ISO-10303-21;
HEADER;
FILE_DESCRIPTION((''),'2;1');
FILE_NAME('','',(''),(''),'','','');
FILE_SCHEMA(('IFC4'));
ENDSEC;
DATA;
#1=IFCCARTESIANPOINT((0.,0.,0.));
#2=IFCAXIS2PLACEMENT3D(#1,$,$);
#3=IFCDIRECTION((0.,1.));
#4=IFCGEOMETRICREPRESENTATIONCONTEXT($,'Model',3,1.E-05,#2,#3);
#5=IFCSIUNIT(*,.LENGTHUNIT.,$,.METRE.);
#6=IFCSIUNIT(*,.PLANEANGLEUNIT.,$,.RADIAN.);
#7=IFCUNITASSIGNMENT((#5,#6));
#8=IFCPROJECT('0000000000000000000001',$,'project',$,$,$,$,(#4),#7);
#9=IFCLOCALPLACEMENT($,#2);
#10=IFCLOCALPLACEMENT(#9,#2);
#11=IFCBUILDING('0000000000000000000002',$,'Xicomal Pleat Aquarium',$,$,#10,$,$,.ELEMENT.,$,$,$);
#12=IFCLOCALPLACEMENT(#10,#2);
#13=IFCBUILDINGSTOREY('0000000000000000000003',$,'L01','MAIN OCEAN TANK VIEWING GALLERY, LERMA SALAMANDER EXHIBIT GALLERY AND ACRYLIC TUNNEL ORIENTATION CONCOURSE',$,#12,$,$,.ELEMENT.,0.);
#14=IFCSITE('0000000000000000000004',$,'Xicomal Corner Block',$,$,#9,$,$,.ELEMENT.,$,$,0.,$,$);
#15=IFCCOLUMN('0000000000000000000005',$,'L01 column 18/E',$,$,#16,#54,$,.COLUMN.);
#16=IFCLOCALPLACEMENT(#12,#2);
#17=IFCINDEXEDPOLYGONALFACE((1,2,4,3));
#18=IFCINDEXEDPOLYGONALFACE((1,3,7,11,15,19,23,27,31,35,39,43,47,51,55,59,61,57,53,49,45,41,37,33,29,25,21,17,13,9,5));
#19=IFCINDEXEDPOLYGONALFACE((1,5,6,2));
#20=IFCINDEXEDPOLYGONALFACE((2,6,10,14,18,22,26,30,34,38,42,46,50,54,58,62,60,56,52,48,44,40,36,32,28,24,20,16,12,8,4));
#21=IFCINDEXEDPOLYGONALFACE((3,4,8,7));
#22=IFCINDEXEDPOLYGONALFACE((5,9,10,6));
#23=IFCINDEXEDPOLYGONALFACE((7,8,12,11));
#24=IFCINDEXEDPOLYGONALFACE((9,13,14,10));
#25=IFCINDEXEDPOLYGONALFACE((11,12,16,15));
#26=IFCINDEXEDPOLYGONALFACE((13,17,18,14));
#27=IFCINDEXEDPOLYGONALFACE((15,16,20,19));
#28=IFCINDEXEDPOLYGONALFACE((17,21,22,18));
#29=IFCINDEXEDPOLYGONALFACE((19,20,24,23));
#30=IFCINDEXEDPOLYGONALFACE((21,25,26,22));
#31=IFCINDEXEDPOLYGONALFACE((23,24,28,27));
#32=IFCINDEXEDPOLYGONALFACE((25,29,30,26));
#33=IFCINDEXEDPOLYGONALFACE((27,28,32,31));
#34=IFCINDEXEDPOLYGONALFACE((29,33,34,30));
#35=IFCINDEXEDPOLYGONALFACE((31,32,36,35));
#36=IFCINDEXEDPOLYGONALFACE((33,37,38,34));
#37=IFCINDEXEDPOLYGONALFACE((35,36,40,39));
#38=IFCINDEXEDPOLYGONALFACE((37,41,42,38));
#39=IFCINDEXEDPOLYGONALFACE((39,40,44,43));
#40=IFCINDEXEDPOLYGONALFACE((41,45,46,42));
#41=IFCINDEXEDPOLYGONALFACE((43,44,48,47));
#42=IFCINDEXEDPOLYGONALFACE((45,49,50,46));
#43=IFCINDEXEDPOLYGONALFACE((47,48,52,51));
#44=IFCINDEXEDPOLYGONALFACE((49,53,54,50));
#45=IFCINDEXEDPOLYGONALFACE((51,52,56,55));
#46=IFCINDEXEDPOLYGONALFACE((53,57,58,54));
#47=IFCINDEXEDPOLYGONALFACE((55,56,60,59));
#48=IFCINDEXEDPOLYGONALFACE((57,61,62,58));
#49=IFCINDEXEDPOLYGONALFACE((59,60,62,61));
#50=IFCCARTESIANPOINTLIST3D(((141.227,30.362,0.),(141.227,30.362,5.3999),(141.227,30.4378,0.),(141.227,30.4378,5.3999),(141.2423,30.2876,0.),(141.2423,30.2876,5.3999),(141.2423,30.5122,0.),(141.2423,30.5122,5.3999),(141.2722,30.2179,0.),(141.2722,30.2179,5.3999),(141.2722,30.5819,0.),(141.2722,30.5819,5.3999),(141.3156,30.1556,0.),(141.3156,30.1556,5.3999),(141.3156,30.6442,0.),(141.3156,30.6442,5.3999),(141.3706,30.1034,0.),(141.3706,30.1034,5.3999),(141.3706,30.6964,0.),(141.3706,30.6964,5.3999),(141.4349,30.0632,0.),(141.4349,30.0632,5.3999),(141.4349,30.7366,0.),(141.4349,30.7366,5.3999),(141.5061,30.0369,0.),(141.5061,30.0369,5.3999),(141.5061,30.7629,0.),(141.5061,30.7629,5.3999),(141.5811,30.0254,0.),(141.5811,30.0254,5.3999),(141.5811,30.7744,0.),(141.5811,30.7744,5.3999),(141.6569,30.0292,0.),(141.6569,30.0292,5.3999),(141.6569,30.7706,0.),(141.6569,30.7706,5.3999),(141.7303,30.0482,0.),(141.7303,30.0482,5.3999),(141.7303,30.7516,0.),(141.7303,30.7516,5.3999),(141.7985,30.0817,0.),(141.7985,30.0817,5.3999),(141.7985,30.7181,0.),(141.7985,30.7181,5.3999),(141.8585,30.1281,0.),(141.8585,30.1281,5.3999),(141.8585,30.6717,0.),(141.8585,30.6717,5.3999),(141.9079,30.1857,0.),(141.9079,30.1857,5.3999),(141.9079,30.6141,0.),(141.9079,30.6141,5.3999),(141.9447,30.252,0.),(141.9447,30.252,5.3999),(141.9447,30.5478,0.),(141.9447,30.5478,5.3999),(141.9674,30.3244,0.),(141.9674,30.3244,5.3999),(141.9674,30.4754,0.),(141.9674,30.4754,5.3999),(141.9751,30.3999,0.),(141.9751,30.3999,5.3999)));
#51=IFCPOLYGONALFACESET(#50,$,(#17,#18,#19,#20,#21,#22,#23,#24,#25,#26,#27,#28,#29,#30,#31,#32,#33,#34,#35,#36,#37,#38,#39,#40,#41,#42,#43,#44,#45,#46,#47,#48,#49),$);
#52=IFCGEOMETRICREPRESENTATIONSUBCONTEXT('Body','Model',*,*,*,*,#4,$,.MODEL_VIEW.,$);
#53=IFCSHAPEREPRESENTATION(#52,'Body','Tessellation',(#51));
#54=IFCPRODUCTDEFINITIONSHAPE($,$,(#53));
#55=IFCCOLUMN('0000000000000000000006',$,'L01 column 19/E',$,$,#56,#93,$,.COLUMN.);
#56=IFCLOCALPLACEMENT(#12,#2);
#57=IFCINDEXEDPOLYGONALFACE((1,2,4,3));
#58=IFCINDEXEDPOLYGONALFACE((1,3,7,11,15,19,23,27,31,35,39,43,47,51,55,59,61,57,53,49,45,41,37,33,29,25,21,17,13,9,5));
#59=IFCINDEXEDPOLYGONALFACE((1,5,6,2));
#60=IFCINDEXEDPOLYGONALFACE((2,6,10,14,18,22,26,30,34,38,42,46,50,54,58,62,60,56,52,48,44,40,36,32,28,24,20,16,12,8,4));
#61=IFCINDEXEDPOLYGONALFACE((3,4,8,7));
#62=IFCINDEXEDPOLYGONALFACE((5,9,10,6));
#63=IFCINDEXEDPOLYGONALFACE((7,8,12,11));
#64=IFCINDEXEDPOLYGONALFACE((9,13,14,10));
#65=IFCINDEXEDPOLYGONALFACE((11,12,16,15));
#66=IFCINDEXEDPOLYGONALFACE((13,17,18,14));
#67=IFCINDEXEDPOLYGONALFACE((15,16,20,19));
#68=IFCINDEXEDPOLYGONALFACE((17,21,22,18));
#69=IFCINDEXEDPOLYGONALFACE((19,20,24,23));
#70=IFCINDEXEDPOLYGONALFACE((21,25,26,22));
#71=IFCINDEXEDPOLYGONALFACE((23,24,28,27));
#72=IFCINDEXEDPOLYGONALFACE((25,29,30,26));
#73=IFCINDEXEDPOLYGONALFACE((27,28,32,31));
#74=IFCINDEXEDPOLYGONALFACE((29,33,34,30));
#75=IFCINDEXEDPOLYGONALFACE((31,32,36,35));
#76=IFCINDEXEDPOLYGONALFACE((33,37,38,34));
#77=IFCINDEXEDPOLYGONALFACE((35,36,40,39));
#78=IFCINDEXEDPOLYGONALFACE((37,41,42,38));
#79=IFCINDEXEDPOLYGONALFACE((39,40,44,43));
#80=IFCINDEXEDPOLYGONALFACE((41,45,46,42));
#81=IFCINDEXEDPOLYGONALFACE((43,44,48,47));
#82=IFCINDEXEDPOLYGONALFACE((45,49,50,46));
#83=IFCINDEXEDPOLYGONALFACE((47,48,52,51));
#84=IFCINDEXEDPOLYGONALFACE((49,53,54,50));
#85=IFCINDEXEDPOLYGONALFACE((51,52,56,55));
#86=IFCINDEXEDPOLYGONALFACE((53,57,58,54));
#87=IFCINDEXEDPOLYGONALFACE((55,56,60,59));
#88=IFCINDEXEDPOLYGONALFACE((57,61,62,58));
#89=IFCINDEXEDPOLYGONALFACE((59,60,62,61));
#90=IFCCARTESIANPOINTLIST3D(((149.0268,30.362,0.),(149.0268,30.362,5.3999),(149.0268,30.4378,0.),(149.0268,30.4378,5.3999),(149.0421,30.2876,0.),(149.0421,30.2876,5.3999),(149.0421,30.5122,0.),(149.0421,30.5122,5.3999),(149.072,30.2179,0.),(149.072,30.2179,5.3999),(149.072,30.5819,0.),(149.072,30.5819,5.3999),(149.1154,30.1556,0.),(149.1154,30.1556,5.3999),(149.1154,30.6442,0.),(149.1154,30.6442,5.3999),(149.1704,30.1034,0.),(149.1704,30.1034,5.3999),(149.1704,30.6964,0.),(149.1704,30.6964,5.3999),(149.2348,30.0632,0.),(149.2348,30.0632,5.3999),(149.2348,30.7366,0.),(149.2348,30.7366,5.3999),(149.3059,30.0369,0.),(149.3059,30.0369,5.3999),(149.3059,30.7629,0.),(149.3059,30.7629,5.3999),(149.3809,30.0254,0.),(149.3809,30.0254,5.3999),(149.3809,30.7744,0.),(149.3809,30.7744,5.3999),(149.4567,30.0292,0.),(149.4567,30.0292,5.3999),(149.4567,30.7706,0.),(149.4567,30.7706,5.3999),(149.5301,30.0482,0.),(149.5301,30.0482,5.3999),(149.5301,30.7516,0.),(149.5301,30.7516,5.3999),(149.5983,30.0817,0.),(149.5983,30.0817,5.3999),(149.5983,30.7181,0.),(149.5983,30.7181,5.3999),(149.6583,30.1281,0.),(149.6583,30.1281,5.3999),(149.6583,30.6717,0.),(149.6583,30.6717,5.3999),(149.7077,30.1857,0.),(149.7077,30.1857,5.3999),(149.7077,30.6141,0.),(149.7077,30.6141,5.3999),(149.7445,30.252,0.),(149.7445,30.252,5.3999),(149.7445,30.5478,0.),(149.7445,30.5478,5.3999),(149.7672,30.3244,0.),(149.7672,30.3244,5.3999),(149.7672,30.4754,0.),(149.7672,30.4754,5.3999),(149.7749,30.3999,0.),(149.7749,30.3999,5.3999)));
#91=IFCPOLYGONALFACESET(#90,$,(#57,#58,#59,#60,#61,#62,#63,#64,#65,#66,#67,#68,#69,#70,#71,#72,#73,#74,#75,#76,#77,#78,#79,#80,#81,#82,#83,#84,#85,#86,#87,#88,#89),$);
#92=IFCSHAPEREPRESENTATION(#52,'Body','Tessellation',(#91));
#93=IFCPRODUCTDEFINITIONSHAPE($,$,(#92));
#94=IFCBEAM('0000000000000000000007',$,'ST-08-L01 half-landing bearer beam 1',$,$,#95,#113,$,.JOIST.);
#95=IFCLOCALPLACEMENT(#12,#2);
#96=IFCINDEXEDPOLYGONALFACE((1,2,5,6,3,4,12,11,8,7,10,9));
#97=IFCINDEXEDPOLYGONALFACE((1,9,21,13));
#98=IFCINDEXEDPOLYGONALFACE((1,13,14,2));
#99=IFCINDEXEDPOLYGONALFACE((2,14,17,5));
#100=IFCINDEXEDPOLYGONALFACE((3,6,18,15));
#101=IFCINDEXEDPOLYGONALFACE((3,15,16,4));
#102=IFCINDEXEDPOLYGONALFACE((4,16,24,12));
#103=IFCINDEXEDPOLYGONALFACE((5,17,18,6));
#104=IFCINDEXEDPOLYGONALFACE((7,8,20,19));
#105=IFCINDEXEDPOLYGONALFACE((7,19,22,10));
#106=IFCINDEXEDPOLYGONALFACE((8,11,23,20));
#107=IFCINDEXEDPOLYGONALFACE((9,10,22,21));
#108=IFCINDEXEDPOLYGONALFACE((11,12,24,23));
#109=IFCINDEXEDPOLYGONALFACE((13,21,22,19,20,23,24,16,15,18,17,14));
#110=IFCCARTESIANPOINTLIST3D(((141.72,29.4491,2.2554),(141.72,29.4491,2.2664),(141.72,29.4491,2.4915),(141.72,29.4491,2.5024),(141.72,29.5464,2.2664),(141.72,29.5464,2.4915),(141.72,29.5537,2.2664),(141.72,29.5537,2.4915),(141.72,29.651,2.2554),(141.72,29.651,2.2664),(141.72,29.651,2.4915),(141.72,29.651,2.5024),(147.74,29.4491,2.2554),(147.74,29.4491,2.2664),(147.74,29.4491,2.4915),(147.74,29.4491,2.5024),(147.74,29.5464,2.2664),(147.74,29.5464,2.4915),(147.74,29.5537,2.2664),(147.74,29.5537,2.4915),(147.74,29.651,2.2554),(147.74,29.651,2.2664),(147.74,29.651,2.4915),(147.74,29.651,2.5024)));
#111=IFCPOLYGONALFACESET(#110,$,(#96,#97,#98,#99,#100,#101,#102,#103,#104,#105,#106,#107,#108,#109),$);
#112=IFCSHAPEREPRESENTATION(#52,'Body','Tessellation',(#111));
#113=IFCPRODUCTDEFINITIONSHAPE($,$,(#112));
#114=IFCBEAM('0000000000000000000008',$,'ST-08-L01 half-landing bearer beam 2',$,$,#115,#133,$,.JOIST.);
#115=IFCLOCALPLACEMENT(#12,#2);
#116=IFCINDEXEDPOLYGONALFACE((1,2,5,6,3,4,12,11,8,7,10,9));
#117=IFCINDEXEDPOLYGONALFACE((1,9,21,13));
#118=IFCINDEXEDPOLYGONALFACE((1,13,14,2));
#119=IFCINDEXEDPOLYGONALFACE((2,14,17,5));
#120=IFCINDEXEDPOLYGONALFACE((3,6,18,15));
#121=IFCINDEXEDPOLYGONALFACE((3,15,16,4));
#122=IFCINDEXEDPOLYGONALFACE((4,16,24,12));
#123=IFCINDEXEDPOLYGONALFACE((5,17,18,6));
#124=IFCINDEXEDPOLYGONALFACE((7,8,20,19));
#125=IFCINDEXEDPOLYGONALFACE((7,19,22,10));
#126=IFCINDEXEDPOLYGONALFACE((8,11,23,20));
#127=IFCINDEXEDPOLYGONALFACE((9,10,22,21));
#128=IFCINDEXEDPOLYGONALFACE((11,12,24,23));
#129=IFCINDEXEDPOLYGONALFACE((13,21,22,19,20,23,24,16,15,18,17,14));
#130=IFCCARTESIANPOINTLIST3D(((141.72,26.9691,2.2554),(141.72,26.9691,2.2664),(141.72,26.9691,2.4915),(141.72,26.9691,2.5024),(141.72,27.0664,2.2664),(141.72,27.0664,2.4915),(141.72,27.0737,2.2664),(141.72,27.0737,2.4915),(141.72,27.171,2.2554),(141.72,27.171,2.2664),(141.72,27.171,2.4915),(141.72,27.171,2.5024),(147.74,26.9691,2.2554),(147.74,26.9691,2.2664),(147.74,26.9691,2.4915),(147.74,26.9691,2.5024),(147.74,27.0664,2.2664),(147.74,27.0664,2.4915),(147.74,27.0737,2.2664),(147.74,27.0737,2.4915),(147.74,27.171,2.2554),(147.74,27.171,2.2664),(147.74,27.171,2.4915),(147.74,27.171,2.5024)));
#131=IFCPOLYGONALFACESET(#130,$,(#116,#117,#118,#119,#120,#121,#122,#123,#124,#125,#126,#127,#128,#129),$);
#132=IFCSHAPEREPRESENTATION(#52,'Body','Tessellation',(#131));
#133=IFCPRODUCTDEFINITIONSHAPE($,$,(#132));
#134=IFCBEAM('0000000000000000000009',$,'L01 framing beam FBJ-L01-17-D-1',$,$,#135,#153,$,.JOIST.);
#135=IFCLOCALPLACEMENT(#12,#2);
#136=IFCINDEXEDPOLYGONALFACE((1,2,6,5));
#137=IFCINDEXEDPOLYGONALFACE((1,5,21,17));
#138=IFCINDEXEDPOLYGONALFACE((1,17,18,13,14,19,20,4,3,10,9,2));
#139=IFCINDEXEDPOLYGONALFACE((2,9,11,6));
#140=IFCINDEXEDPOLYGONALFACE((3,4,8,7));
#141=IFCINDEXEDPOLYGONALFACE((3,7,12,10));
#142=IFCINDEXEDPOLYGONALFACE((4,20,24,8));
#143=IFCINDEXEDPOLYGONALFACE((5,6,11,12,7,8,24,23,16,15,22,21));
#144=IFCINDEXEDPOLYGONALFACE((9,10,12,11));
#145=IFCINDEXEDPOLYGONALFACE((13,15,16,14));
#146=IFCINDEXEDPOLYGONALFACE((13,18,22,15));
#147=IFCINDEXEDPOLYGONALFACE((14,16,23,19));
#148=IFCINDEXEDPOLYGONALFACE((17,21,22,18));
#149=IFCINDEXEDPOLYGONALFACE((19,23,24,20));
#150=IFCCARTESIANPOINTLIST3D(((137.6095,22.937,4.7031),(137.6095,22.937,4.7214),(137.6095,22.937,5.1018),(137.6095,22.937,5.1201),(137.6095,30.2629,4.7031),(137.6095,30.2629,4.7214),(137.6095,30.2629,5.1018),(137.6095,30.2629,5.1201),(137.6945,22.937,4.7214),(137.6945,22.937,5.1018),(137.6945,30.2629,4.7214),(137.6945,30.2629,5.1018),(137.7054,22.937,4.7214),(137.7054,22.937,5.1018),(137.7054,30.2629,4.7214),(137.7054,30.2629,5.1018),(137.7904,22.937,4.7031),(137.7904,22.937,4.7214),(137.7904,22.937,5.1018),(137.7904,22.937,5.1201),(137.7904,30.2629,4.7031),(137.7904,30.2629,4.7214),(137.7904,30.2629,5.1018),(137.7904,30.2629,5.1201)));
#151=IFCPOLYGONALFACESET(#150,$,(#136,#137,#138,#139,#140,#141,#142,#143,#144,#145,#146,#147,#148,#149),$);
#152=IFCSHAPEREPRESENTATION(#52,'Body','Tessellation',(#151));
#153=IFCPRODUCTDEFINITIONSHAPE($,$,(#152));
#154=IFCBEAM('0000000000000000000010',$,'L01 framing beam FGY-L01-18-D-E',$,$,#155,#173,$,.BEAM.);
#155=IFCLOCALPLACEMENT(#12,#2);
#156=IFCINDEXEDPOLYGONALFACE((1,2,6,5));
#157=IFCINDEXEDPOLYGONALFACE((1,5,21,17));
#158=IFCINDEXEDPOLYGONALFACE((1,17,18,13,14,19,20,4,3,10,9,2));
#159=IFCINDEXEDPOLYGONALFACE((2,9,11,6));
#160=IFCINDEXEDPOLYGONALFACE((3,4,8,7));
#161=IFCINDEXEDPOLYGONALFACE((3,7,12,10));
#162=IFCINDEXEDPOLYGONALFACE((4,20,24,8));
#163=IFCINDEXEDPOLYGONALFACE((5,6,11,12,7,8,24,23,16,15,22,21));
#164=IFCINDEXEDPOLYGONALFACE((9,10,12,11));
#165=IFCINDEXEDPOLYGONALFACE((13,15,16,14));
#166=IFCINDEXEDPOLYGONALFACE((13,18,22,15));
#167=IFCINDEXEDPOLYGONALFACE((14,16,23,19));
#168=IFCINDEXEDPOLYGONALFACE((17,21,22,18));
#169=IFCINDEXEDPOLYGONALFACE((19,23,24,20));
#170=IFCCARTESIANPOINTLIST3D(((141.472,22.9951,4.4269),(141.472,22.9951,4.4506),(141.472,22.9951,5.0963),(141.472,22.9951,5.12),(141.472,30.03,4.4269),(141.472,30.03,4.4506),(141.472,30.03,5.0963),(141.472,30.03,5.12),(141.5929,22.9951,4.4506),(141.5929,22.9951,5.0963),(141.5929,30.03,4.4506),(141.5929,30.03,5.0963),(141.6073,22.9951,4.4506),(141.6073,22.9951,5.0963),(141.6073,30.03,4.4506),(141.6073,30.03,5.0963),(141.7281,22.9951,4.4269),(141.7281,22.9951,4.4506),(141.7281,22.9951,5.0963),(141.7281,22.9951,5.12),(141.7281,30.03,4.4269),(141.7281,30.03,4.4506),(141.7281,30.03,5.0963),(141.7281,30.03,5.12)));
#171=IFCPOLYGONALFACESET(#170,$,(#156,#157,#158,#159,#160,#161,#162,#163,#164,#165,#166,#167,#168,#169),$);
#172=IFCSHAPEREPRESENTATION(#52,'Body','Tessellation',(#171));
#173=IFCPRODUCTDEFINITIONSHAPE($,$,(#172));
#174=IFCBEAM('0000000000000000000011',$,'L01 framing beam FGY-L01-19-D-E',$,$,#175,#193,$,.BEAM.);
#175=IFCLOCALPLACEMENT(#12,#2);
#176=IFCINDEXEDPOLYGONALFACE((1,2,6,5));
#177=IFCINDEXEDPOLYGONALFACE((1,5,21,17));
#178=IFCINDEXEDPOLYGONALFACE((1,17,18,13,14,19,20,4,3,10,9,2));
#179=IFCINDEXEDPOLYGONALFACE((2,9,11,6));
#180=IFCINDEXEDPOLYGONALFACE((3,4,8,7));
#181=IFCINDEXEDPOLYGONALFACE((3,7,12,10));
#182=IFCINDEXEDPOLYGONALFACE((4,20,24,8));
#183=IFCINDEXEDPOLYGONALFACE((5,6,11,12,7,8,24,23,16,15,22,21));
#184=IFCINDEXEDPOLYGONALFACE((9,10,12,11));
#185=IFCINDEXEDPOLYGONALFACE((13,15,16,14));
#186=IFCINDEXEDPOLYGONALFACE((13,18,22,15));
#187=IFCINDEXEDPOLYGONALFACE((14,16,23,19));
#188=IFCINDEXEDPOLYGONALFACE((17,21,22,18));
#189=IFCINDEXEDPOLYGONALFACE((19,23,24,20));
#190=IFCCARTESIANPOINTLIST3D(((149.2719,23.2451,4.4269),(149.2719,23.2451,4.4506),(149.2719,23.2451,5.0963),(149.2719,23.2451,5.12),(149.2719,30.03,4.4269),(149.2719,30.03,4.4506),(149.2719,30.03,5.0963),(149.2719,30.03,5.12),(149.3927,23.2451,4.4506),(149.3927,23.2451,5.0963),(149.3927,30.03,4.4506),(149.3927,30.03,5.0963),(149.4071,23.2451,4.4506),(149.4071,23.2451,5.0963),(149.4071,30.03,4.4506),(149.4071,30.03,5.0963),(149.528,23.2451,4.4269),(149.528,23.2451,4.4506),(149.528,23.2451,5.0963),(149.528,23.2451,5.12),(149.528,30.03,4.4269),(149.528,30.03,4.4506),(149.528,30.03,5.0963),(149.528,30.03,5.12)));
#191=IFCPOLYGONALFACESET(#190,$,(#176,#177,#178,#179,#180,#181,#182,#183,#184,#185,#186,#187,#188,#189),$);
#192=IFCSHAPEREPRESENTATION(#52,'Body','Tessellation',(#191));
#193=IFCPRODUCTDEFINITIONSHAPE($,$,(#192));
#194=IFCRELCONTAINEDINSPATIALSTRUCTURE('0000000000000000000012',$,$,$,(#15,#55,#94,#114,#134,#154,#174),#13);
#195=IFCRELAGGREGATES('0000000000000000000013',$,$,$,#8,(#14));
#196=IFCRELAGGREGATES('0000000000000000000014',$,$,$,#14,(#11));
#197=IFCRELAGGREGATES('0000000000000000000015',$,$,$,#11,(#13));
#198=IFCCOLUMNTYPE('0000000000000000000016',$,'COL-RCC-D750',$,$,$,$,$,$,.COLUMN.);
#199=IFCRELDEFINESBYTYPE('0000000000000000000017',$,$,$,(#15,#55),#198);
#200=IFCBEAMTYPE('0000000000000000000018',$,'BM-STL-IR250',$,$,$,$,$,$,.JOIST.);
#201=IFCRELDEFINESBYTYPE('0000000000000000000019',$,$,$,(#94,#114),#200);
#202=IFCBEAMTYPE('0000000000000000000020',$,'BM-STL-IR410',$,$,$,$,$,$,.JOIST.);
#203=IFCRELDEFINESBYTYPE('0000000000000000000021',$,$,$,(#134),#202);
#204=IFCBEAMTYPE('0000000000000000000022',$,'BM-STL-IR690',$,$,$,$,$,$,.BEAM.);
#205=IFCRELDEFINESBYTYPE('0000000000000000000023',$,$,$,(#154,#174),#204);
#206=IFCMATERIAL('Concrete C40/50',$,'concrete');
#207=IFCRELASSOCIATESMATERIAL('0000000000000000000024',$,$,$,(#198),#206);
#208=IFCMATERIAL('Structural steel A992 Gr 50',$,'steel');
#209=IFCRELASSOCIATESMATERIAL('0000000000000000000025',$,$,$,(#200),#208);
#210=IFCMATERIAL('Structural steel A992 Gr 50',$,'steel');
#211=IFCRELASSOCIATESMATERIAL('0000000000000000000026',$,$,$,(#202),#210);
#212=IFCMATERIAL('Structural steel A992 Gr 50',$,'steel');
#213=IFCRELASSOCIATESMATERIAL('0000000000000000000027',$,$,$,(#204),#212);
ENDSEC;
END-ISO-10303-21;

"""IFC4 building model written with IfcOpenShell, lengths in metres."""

from ifc_helpers import new_model, si_unit, direction, frame, origin, origin_2d, place, context, subcontext, project, spatial, circle, i_section, extrude, material, material_profile, profile_set, type_object, element, save


model = new_model("IFC4")

# Units and contexts
model_context = context("Model", 3, precision=1e-05, world=origin(), true_north=direction((0.0, 1.0)))
body_context = subcontext(model_context, "Body", "Model", "MODEL_VIEW")
ifc_project = project(units=[si_unit("LENGTHUNIT", "METRE"), si_unit("PLANEANGLEUNIT", "RADIAN")], contexts=[model_context])

# Site, building, storey
site_placement = place(None, origin())
site = spatial("IfcSite", under=ifc_project, at=site_placement, Name="Xicomal Corner Block", CompositionType="ELEMENT", RefElevation=0.0)
building_placement = place(site_placement, origin())
building = spatial("IfcBuilding", under=site, at=building_placement, Name="Xicomal Pleat Aquarium", CompositionType="ELEMENT")
storey_placement = place(building_placement, origin())
storey = spatial("IfcBuildingStorey", under=building, at=storey_placement, Name="L01", Description="MAIN OCEAN TANK VIEWING GALLERY, LERMA SALAMANDER EXHIBIT GALLERY AND ACRYLIC TUNNEL ORIENTATION CONCOURSE", CompositionType="ELEMENT", Elevation=0.0)

# Columns
ifc_material_1 = material(Name="Concrete C40/50", Category="concrete")
ifc_material_profile_1 = material_profile(ifc_material_1, circle(Radius=0.375, at=origin_2d()), Name="RCC D750")
ifc_profile_set_1 = profile_set([ifc_material_profile_1], Name="Concrete C40/50")
column_type = type_object("IfcColumnType", Name="COL-RCC-D750", PredefinedType="COLUMN", material=ifc_profile_set_1)
for number, where, z_axis, x_axis, name in (
    (1, (141.6001, 30.3999, 0.0), (0.0, 0.0, 1.0), (1.0, 0.0, 0.0), "L01 column 18/E"),
    (2, (149.3999, 30.3999, 0.0), (0.0, 0.0, 1.0), (1.0, 0.0, 0.0), "L01 column 19/E"),
):
    element("IfcColumn", number, at=place(storey_placement, frame(where, z_axis=z_axis, x_axis=x_axis)), inside=storey, type_object=column_type, Name=name, PredefinedType="COLUMN", context=body_context, shape_type="SweptSolid", body=[
        extrude(circle(Radius=0.375, at=origin_2d()), origin(), (0.0, 0.0, 1.0), 5.3999),
    ])

# Beams
ifc_material_2 = material(Name="Structural steel A992 Gr 50", Category="steel")
ifc_material_profile_2 = material_profile(ifc_material_2, i_section(OverallWidth=0.2019, OverallDepth=0.2471, WebThickness=0.0073, FlangeThickness=0.011, at=origin_2d()), Name="IR 250x49")
ifc_profile_set_2 = profile_set([ifc_material_profile_2], Name="Structural steel A992 Gr 50")
beam_type_1 = type_object("IfcBeamType", Name="BM-STL-IR250", PredefinedType="JOIST", material=ifc_profile_set_2)
for number, where, z_axis, x_axis, name in (
    (3, (141.72, 29.55, 2.3789), (1.0, 0.0, 0.0), (0.0, 1.0, 0.0), "ST-08-L01 half-landing bearer beam 1"),
    (4, (141.72, 27.0701, 2.3789), (1.0, 0.0, 0.0), (0.0, 1.0, 0.0), "ST-08-L01 half-landing bearer beam 2"),
):
    element("IfcBeam", number, at=place(storey_placement, frame(where, z_axis=z_axis, x_axis=x_axis)), inside=storey, type_object=beam_type_1, Name=name, PredefinedType="JOIST", context=body_context, shape_type="SweptSolid", body=[
        extrude(i_section(OverallWidth=0.2019, OverallDepth=0.2471, WebThickness=0.0073, FlangeThickness=0.011, at=origin_2d()), origin(), (0.0, 0.0, 1.0), 6.02),
    ])
ifc_material_3 = material(Name="Structural steel A992 Gr 50", Category="steel")
ifc_material_profile_3 = material_profile(ifc_material_3, i_section(OverallWidth=0.1809, OverallDepth=0.417, WebThickness=0.011, FlangeThickness=0.0183, at=origin_2d()), Name="IR 410x85")
ifc_profile_set_3 = profile_set([ifc_material_profile_3], Name="Structural steel A992 Gr 50")
beam_type_2 = type_object("IfcBeamType", Name="BM-STL-IR410", PredefinedType="JOIST", material=ifc_profile_set_3)
beam_1_placement = place(storey_placement, frame((137.7, 22.937, 4.9116), z_axis=(0.0, 1.0, 0.0), x_axis=(-1.0, 0.0, 0.0)))
element("IfcBeam", 5, at=beam_1_placement, inside=storey, type_object=beam_type_2, Name="L01 framing beam FBJ-L01-17-D-1", PredefinedType="JOIST", context=body_context, shape_type="SweptSolid", body=[
    extrude(i_section(OverallWidth=0.1809, OverallDepth=0.417, WebThickness=0.011, FlangeThickness=0.0183, at=origin_2d()), origin(), (0.0, 0.0, 1.0), 7.3259),
])
ifc_material_4 = material(Name="Structural steel A992 Gr 50", Category="steel")
ifc_material_profile_4 = material_profile(ifc_material_4, i_section(OverallWidth=0.2561, OverallDepth=0.6931, WebThickness=0.0144, FlangeThickness=0.0237, at=origin_2d()), Name="IR 690x170")
ifc_profile_set_4 = profile_set([ifc_material_profile_4], Name="Structural steel A992 Gr 50")
beam_type_3 = type_object("IfcBeamType", Name="BM-STL-IR690", PredefinedType="BEAM", material=ifc_profile_set_4)
beam_2_placement = place(storey_placement, frame((141.6001, 22.9951, 4.7734), z_axis=(0.0, 1.0, 0.0), x_axis=(-1.0, 0.0, 0.0)))
element("IfcBeam", 6, at=beam_2_placement, inside=storey, type_object=beam_type_3, Name="L01 framing beam FGY-L01-18-D-E", PredefinedType="BEAM", context=body_context, shape_type="SweptSolid", body=[
    extrude(i_section(OverallWidth=0.2561, OverallDepth=0.6931, WebThickness=0.0144, FlangeThickness=0.0237, at=origin_2d()), origin(), (0.0, 0.0, 1.0), 7.0349),
])
for number, where, z_axis, x_axis, name in (
    (7, (149.3999, 23.2451, 4.7734), (0.0, 1.0, 0.0), (-1.0, 0.0, 0.0), "L01 framing beam FGY-L01-19-D-E"),
):
    element("IfcBeam", number, at=place(storey_placement, frame(where, z_axis=z_axis, x_axis=x_axis)), inside=storey, type_object=beam_type_3, Name=name, PredefinedType="BEAM", context=body_context, shape_type="SweptSolid", body=[
        extrude(i_section(OverallWidth=0.2561, OverallDepth=0.6931, WebThickness=0.0144, FlangeThickness=0.0237, at=origin_2d()), origin(), (0.0, 0.0, 1.0), 6.7849),
    ])

save(model, "model.ifc")
